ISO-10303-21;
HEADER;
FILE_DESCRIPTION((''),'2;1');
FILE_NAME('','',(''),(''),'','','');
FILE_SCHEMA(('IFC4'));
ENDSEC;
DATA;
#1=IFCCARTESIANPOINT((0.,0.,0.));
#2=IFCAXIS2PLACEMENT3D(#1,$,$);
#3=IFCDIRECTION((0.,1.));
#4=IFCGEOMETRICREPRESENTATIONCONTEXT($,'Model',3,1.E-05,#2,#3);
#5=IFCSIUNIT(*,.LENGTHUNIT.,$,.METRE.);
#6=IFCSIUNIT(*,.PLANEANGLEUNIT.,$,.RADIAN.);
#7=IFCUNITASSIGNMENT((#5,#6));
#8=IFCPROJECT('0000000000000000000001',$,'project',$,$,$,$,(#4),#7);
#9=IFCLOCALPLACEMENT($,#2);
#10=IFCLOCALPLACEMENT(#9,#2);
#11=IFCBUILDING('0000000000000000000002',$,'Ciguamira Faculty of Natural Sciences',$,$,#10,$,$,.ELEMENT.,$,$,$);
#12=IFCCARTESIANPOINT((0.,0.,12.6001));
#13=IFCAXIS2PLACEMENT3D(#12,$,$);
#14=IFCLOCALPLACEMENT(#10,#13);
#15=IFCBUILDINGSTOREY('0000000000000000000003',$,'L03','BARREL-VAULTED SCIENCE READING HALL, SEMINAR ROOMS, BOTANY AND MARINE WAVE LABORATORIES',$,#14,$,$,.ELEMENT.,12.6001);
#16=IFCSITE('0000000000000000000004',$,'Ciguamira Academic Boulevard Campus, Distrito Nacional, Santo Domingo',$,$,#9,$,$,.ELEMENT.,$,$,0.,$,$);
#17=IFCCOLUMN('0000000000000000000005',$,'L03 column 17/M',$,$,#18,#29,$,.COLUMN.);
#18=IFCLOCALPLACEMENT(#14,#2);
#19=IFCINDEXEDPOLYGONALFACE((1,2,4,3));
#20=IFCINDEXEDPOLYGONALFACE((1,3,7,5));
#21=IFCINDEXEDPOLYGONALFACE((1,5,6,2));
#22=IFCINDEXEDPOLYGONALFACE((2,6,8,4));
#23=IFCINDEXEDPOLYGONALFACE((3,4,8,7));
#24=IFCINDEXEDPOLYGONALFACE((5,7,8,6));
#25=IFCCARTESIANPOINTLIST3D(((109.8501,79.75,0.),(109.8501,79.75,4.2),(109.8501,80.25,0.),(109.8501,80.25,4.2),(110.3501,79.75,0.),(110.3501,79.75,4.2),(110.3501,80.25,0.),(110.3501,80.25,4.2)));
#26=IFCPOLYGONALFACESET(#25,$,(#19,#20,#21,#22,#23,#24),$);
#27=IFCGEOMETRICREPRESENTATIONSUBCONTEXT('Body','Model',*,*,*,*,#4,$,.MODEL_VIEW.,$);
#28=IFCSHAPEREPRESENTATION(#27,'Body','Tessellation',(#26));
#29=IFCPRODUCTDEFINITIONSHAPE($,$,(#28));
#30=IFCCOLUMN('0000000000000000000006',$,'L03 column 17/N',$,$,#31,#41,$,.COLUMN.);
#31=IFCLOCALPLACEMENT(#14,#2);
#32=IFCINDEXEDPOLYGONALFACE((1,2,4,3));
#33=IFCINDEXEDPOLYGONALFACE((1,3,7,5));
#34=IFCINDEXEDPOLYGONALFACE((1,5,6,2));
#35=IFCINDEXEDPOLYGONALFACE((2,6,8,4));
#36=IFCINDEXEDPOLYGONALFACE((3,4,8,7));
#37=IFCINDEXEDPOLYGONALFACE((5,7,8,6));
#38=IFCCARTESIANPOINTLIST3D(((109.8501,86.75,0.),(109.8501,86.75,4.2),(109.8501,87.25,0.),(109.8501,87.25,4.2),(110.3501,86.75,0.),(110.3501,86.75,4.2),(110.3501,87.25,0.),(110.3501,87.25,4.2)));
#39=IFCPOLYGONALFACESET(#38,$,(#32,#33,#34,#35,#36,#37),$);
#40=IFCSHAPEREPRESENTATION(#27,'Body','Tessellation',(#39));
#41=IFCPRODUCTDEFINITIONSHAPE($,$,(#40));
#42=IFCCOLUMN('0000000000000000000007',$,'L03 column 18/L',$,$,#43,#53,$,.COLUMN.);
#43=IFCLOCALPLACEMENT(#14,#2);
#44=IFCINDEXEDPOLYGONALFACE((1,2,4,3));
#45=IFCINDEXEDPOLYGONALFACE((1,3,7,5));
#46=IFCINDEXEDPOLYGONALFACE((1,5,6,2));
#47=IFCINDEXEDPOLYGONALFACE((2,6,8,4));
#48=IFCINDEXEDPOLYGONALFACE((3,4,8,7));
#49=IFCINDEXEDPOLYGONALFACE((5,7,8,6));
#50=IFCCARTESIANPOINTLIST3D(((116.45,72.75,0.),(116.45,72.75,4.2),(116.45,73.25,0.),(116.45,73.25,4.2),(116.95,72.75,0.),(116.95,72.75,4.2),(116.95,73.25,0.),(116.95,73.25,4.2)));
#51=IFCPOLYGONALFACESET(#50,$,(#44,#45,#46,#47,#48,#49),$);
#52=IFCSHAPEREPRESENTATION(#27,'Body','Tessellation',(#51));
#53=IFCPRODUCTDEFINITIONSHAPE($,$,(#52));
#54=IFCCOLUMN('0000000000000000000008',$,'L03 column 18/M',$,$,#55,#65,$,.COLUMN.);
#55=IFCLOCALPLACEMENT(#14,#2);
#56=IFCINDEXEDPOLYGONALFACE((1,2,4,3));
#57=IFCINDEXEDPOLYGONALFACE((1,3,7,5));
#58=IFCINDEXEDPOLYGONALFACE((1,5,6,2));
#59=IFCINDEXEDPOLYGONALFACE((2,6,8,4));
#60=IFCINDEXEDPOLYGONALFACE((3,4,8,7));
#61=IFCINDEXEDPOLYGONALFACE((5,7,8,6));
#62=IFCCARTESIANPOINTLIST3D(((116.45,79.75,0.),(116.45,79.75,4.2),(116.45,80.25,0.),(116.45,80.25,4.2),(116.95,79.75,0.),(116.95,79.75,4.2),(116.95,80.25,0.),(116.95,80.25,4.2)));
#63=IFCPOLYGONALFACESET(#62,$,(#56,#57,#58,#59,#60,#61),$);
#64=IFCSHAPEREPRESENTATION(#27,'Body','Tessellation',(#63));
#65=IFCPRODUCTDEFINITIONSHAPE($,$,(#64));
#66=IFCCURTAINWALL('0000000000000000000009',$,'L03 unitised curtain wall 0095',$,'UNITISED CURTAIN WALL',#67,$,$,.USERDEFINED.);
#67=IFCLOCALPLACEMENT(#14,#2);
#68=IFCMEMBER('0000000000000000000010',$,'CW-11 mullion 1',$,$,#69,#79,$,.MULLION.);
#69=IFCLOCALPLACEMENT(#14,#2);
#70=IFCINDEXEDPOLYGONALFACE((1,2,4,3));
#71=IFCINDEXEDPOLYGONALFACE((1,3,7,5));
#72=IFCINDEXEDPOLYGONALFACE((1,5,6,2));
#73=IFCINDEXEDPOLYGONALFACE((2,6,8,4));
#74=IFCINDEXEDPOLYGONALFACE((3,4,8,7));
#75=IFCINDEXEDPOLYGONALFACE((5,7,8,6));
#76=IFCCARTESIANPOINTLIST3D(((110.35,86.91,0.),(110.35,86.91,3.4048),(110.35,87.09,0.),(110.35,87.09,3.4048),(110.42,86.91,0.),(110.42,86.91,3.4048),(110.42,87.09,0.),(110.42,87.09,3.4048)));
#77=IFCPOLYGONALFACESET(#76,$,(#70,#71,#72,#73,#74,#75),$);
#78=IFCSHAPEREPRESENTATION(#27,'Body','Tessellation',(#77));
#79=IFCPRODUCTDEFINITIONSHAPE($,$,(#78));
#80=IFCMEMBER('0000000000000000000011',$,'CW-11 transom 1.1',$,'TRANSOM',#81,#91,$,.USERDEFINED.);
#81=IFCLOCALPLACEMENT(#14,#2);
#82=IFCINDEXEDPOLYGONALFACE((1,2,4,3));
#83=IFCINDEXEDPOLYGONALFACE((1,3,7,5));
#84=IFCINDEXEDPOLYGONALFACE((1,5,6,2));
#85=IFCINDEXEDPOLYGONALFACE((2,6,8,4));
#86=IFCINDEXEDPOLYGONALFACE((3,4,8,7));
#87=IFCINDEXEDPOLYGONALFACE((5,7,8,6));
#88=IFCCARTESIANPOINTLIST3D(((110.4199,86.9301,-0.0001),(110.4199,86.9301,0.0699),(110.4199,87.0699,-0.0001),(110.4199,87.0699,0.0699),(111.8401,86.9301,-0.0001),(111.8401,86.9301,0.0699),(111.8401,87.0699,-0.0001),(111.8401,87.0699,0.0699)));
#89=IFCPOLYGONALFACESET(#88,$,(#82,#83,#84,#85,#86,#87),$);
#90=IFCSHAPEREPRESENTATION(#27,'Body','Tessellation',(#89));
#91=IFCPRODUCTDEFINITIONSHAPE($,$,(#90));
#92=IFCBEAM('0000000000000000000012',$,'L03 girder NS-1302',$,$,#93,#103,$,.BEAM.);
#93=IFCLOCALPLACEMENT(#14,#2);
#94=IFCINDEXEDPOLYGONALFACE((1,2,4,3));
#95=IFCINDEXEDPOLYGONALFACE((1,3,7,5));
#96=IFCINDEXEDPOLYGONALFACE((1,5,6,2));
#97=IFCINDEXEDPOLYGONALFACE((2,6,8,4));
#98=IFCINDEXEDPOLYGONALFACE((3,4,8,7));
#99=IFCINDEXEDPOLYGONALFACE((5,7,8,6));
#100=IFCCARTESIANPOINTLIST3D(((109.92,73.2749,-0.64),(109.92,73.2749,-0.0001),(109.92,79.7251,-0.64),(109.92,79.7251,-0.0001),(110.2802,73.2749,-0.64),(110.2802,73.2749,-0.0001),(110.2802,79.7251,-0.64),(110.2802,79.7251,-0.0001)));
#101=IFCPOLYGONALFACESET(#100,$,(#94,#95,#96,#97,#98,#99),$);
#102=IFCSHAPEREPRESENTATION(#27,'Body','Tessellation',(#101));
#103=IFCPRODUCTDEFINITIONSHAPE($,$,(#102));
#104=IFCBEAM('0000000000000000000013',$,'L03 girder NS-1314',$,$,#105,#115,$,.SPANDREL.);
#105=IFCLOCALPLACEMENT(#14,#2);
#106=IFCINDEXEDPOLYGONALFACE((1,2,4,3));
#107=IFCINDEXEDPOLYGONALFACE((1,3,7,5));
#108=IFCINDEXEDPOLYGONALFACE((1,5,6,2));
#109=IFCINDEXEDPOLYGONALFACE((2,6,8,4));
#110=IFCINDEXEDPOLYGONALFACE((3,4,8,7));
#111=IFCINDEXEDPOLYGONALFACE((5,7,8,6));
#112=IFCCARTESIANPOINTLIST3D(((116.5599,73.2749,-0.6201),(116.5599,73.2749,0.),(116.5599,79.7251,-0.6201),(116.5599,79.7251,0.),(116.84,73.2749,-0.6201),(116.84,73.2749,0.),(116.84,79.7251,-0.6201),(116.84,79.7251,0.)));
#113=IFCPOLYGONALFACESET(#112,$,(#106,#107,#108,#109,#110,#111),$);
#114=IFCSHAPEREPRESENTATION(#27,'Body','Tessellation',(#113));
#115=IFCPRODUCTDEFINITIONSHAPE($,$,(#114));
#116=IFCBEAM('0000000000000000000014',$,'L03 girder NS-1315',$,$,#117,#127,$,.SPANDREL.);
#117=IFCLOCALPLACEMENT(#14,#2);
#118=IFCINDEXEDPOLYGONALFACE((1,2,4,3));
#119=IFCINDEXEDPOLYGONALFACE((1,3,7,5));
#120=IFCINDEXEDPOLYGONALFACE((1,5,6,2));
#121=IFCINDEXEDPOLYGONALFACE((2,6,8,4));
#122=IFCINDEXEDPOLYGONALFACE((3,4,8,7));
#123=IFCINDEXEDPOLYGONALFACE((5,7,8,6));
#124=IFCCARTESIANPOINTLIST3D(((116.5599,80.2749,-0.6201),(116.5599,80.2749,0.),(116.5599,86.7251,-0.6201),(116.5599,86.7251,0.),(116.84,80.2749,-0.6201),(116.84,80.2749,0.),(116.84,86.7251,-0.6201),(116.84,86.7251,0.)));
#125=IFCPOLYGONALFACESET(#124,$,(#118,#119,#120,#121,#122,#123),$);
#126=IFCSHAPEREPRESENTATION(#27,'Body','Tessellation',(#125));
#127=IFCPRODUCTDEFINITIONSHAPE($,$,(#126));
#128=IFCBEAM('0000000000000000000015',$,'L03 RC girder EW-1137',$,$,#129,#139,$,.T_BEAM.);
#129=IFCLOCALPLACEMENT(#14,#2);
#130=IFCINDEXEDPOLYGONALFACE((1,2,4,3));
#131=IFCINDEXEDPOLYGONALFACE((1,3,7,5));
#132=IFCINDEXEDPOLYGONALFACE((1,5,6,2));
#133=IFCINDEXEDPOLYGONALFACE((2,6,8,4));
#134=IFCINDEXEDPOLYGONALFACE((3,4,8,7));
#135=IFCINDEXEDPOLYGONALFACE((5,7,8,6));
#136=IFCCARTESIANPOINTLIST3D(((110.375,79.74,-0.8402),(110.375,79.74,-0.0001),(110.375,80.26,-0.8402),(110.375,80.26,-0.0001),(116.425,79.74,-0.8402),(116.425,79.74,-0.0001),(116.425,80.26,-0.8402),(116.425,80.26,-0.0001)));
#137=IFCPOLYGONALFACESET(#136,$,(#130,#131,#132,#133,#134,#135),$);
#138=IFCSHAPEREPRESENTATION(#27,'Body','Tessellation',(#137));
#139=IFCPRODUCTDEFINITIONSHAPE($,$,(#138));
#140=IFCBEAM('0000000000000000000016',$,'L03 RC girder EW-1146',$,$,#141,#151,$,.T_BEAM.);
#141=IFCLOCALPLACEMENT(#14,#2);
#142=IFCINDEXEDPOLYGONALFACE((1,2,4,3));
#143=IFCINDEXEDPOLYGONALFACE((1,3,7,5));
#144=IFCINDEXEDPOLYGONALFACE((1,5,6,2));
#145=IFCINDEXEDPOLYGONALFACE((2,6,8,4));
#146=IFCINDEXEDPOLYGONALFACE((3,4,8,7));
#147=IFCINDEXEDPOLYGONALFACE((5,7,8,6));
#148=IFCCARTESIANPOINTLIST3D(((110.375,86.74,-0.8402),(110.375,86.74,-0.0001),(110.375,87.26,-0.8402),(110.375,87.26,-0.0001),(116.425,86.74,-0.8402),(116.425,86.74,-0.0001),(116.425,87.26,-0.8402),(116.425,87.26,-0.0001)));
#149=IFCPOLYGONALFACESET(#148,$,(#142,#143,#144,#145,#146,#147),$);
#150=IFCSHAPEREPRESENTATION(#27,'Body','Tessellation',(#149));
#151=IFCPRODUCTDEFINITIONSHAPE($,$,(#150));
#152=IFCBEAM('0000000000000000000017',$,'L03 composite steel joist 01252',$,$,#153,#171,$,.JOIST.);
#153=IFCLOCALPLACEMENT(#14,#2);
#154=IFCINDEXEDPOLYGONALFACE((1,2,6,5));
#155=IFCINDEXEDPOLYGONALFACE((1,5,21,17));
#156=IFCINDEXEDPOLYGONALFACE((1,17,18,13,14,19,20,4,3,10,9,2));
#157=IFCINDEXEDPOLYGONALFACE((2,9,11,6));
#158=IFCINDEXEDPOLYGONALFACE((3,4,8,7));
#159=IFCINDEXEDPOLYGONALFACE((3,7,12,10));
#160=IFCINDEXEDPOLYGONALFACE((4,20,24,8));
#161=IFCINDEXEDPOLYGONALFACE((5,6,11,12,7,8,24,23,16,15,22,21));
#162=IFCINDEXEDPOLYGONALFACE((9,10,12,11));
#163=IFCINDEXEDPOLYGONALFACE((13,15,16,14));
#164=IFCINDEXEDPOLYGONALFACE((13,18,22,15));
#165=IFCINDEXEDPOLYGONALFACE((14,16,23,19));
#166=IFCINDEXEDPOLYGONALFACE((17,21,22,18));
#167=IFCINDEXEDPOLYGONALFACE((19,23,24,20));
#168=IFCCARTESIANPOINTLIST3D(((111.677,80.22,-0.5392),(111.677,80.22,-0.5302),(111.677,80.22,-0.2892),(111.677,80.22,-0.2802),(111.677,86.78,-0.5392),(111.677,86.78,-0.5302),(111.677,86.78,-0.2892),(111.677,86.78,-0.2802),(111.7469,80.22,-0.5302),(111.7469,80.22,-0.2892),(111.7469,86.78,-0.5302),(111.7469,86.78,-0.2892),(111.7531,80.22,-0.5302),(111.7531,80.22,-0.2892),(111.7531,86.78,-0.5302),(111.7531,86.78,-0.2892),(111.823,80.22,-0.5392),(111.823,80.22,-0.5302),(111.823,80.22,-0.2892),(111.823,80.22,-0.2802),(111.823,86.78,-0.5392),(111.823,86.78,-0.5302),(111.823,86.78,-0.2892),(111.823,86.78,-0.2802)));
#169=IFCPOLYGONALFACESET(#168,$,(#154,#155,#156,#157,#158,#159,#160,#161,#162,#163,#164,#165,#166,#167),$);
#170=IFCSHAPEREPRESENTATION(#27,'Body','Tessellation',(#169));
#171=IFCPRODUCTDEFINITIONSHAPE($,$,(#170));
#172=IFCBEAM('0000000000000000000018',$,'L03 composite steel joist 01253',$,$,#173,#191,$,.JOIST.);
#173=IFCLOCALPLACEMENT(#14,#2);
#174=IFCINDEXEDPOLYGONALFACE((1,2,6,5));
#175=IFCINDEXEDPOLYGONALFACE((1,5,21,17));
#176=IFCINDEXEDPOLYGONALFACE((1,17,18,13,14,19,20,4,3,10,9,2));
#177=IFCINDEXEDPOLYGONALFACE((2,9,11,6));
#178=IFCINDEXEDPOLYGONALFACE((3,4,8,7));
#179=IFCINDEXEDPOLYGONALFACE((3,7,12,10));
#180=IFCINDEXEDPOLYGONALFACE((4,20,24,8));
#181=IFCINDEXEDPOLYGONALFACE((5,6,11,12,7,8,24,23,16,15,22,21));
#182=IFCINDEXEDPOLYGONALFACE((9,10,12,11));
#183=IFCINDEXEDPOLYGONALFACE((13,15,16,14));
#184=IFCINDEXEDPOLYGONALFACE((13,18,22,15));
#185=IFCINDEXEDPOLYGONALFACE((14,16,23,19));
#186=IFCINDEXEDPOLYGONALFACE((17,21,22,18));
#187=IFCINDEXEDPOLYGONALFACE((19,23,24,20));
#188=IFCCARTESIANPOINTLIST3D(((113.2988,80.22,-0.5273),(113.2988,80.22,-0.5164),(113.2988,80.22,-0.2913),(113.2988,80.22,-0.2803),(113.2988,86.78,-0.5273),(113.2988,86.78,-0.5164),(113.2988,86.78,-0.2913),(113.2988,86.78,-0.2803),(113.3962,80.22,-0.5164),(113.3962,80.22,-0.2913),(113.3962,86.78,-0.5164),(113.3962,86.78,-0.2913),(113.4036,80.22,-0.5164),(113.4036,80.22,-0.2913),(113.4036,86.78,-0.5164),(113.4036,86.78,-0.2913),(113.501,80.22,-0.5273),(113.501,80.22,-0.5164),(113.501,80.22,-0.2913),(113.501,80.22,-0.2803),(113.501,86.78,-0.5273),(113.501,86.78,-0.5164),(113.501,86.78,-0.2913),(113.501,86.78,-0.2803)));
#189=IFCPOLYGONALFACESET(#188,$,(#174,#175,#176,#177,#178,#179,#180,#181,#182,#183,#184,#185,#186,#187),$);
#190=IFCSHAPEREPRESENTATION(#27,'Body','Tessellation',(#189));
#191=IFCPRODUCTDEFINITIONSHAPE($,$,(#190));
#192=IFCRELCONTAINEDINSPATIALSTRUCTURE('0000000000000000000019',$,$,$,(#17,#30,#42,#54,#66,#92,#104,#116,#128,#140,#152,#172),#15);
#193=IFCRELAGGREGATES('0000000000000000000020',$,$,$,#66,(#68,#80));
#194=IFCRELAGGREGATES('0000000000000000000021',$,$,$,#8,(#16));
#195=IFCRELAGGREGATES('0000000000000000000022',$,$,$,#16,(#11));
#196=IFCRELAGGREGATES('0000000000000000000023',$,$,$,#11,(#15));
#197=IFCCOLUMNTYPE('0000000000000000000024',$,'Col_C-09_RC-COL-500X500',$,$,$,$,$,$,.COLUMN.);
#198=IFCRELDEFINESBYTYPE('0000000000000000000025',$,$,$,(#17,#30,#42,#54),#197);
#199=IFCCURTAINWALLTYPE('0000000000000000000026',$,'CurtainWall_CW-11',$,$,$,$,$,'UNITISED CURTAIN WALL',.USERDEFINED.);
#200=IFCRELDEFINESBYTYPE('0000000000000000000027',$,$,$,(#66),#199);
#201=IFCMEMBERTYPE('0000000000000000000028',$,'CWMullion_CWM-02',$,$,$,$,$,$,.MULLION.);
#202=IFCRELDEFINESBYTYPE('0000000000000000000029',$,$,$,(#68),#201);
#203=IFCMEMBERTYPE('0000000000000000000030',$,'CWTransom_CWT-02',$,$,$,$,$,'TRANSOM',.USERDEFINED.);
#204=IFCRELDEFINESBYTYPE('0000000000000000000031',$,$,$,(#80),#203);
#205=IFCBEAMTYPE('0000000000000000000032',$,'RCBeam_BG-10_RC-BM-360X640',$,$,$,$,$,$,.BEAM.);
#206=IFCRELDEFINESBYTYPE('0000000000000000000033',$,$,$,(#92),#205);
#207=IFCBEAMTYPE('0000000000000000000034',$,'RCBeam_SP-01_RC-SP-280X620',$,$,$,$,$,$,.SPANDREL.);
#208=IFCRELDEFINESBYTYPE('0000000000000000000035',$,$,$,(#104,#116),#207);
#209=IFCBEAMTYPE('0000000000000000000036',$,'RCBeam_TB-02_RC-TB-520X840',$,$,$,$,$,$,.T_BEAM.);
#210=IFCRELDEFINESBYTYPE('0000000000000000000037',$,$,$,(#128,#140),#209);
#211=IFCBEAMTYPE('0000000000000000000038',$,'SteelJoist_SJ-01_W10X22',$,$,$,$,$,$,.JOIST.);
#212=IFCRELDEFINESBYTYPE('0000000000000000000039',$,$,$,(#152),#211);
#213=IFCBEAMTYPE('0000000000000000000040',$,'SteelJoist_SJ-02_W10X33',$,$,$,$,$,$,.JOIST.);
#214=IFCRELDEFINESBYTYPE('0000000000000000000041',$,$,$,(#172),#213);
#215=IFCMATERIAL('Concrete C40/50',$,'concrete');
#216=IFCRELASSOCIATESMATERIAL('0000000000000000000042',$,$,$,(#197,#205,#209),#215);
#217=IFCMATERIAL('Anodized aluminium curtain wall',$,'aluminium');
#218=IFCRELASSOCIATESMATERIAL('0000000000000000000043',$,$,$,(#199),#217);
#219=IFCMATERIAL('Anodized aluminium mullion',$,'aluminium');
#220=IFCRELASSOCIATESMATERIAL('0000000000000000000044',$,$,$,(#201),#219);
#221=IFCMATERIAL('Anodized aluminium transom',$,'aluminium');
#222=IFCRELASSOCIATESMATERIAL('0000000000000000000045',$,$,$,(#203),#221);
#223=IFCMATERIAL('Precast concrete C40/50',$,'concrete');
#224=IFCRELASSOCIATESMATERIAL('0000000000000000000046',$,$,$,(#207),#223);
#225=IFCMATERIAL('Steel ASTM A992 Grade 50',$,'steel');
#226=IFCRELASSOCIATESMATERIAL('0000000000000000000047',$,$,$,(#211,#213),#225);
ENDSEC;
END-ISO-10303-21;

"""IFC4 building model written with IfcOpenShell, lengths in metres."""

from ifc_helpers import new_model, si_unit, direction, frame, origin, origin_2d, place, context, subcontext, project, spatial, rectangle, i_section, extrude, material, material_profile, profile_set, type_object, element, aggregate, save


model = new_model("IFC4")

# Units and contexts
model_context = context("Model", 3, precision=1e-05, world=origin(), true_north=direction((0.0, 1.0)))
body_context = subcontext(model_context, "Body", "Model", "MODEL_VIEW")
ifc_project = project(units=[si_unit("LENGTHUNIT", "METRE"), si_unit("PLANEANGLEUNIT", "RADIAN")], contexts=[model_context])

# Site, building, storey
site_placement = place(None, origin())
site = spatial("IfcSite", under=ifc_project, at=site_placement, Name="Ciguamira Academic Boulevard Campus, Distrito Nacional, Santo Domingo", CompositionType="ELEMENT", RefElevation=0.0)
building_placement = place(site_placement, origin())
building = spatial("IfcBuilding", under=site, at=building_placement, Name="Ciguamira Faculty of Natural Sciences", CompositionType="ELEMENT")
storey_placement = place(building_placement, frame((0.0, 0.0, 12.6001)))
storey = spatial("IfcBuildingStorey", under=building, at=storey_placement, Name="L03", Description="BARREL-VAULTED SCIENCE READING HALL, SEMINAR ROOMS, BOTANY AND MARINE WAVE LABORATORIES", CompositionType="ELEMENT", Elevation=12.6001)

# Columns
ifc_material_1 = material(Name="Concrete C40/50", Category="concrete")
ifc_material_profile_1 = material_profile(ifc_material_1, rectangle(XDim=0.5, YDim=0.5, at=origin_2d()), Name="RC-COL-500X500")
ifc_profile_set_1 = profile_set([ifc_material_profile_1], Name="Concrete C40/50")
column_type = type_object("IfcColumnType", Name="Col_C-09_RC-COL-500X500", PredefinedType="COLUMN", material=ifc_profile_set_1)
for number, where, z_axis, x_axis, name in (
    (1, (110.1001, 80.0, 0.0), (0.0, 0.0, 1.0), (1.0, 0.0, 0.0), "L03 column 17/M"),
    (2, (110.1001, 87.0, 0.0), (0.0, 0.0, 1.0), (1.0, 0.0, 0.0), "L03 column 17/N"),
    (3, (116.7, 73.0, 0.0), (0.0, 0.0, 1.0), (1.0, 0.0, 0.0), "L03 column 18/L"),
    (4, (116.7, 80.0, 0.0), (0.0, 0.0, 1.0), (1.0, 0.0, 0.0), "L03 column 18/M"),
):
    element("IfcColumn", number, at=place(storey_placement, frame(where, z_axis=z_axis, x_axis=x_axis)), inside=storey, type_object=column_type, Name=name, PredefinedType="COLUMN", context=body_context, shape_type="SweptSolid", body=[
        extrude(rectangle(XDim=0.5, YDim=0.5, at=origin_2d()), origin(), (0.0, 0.0, 1.0), 4.2),
    ])

# Curtain wall, members
ifc_material_2 = material(Name="Anodized aluminium curtain wall", Category="aluminium")
curtain_wall_type = type_object("IfcCurtainWallType", Name="CurtainWall_CW-11", ElementType="UNITISED CURTAIN WALL", PredefinedType="USERDEFINED", material=ifc_material_2)
curtain_wall_placement = place(storey_placement, origin())
curtain_wall = element("IfcCurtainWall", 5, at=curtain_wall_placement, inside=storey, type_object=curtain_wall_type, Name="L03 unitised curtain wall 0095", ObjectType="UNITISED CURTAIN WALL", PredefinedType="USERDEFINED")
ifc_material_3 = material(Name="Anodized aluminium mullion", Category="aluminium")
ifc_material_profile_2 = material_profile(ifc_material_3, rectangle(XDim=0.0701, YDim=0.1799, at=origin_2d()), Name="ALU-MUL-70X180")
ifc_profile_set_2 = profile_set([ifc_material_profile_2], Name="Anodized aluminium mullion")
member_type_1 = type_object("IfcMemberType", Name="CWMullion_CWM-02", PredefinedType="MULLION", material=ifc_profile_set_2)
member_1_placement = place(storey_placement, frame((110.385, 87.0, 0.0), z_axis=(0.0, 0.0, 1.0), x_axis=(1.0, 0.0, 0.0)))
member_1 = element("IfcMember", 6, at=member_1_placement, type_object=member_type_1, Name="CW-11 mullion 1", PredefinedType="MULLION", context=body_context, shape_type="SweptSolid", body=[
    extrude(rectangle(XDim=0.0701, YDim=0.1799, at=origin_2d()), origin(), (0.0, 0.0, 1.0), 3.4048),
])
ifc_material_4 = material(Name="Anodized aluminium transom", Category="aluminium")
ifc_material_profile_3 = material_profile(ifc_material_4, rectangle(XDim=0.0701, YDim=0.1399, at=origin_2d()), Name="ALU-TRN-70X140")
ifc_profile_set_3 = profile_set([ifc_material_profile_3], Name="Anodized aluminium transom")
member_type_2 = type_object("IfcMemberType", Name="CWTransom_CWT-02", ElementType="TRANSOM", PredefinedType="USERDEFINED", material=ifc_profile_set_3)
member_2_placement = place(storey_placement, frame((110.4199, 87.0, 0.0349), z_axis=(1.0, 0.0, 0.0), x_axis=(0.0, 0.0, 1.0)))
member_2 = element("IfcMember", 7, at=member_2_placement, type_object=member_type_2, Name="CW-11 transom 1.1", ObjectType="TRANSOM", PredefinedType="USERDEFINED", context=body_context, shape_type="SweptSolid", body=[
    extrude(rectangle(XDim=0.0701, YDim=0.1399, at=origin_2d()), origin(), (0.0, 0.0, 1.0), 1.4202),
])
aggregate(curtain_wall, [member_1, member_2])

# Beams
ifc_material_profile_4 = material_profile(ifc_material_1, rectangle(XDim=0.3601, YDim=0.6399, at=origin_2d()), Name="RC-BM-360X640")
ifc_profile_set_4 = profile_set([ifc_material_profile_4], Name="Concrete C40/50")
beam_type_1 = type_object("IfcBeamType", Name="RCBeam_BG-10_RC-BM-360X640", PredefinedType="BEAM", material=ifc_profile_set_4)
beam_1_placement = place(storey_placement, frame((110.1001, 73.2749, -0.3201), z_axis=(0.0, 1.0, 0.0), x_axis=(-1.0, 0.0, 0.0)))
element("IfcBeam", 8, at=beam_1_placement, inside=storey, type_object=beam_type_1, Name="L03 girder NS-1302", PredefinedType="BEAM", context=body_context, shape_type="SweptSolid", body=[
    extrude(rectangle(XDim=0.3601, YDim=0.6399, at=origin_2d()), origin(), (0.0, 0.0, 1.0), 6.4502),
])
ifc_material_5 = material(Name="Precast concrete C40/50", Category="concrete")
ifc_material_profile_5 = material_profile(ifc_material_5, rectangle(XDim=0.28, YDim=0.6201, at=origin_2d()), Name="RC-SP-280X620")
ifc_profile_set_5 = profile_set([ifc_material_profile_5], Name="Precast concrete C40/50")
beam_type_2 = type_object("IfcBeamType", Name="RCBeam_SP-01_RC-SP-280X620", PredefinedType="SPANDREL", material=ifc_profile_set_5)
for number, where, z_axis, x_axis, name in (
    (9, (116.7, 73.2749, -0.3101), (0.0, 1.0, 0.0), (-1.0, 0.0, 0.0), "L03 girder NS-1314"),
    (10, (116.7, 80.2749, -0.3101), (0.0, 1.0, 0.0), (-1.0, 0.0, 0.0), "L03 girder NS-1315"),
):
    element("IfcBeam", number, at=place(storey_placement, frame(where, z_axis=z_axis, x_axis=x_axis)), inside=storey, type_object=beam_type_2, Name=name, PredefinedType="SPANDREL", context=body_context, shape_type="SweptSolid", body=[
        extrude(rectangle(XDim=0.28, YDim=0.6201, at=origin_2d()), origin(), (0.0, 0.0, 1.0), 6.4502),
    ])
ifc_material_profile_6 = material_profile(ifc_material_1, rectangle(XDim=0.52, YDim=0.8401, at=origin_2d()), Name="RC-TB-520X840")
ifc_profile_set_6 = profile_set([ifc_material_profile_6], Name="Concrete C40/50")
beam_type_3 = type_object("IfcBeamType", Name="RCBeam_TB-02_RC-TB-520X840", PredefinedType="T_BEAM", material=ifc_profile_set_6)
for number, where, z_axis, x_axis, name in (
    (11, (110.375, 80.0, -0.4202), (1.0, 0.0, 0.0), (0.0, 1.0, 0.0), "L03 RC girder EW-1137"),
    (12, (110.375, 87.0, -0.4202), (1.0, 0.0, 0.0), (0.0, 1.0, 0.0), "L03 RC girder EW-1146"),
):
    element("IfcBeam", number, at=place(storey_placement, frame(where, z_axis=z_axis, x_axis=x_axis)), inside=storey, type_object=beam_type_3, Name=name, PredefinedType="T_BEAM", context=body_context, shape_type="SweptSolid", body=[
        extrude(rectangle(XDim=0.52, YDim=0.8401, at=origin_2d()), origin(), (0.0, 0.0, 1.0), 6.05),
    ])
ifc_material_6 = material(Name="Steel ASTM A992 Grade 50", Category="steel")
ifc_material_profile_7 = material_profile(ifc_material_6, i_section(OverallWidth=0.146, OverallDepth=0.259, WebThickness=0.0061, FlangeThickness=0.009, at=origin_2d()), Name="W10X22")
ifc_profile_set_7 = profile_set([ifc_material_profile_7], Name="Steel ASTM A992 Grade 50")
beam_type_4 = type_object("IfcBeamType", Name="SteelJoist_SJ-01_W10X22", PredefinedType="JOIST", material=ifc_profile_set_7)
beam_2_placement = place(storey_placement, frame((111.75, 80.22, -0.4097), z_axis=(0.0, 1.0, 0.0), x_axis=(-1.0, 0.0, 0.0)))
element("IfcBeam", 13, at=beam_2_placement, inside=storey, type_object=beam_type_4, Name="L03 composite steel joist 01252", PredefinedType="JOIST", context=body_context, shape_type="SweptSolid", body=[
    extrude(i_section(OverallWidth=0.146, OverallDepth=0.259, WebThickness=0.0061, FlangeThickness=0.009, at=origin_2d()), origin(), (0.0, 0.0, 1.0), 6.5601),
])
ifc_material_profile_8 = material_profile(ifc_material_6, i_section(OverallWidth=0.2021, OverallDepth=0.2471, WebThickness=0.0073, FlangeThickness=0.011, at=origin_2d()), Name="W10X33")
ifc_profile_set_8 = profile_set([ifc_material_profile_8], Name="Steel ASTM A992 Grade 50")
beam_type_5 = type_object("IfcBeamType", Name="SteelJoist_SJ-02_W10X33", PredefinedType="JOIST", material=ifc_profile_set_8)
beam_3_placement = place(storey_placement, frame((113.3999, 80.22, -0.4038), z_axis=(0.0, 1.0, 0.0), x_axis=(-1.0, 0.0, 0.0)))
element("IfcBeam", 14, at=beam_3_placement, inside=storey, type_object=beam_type_5, Name="L03 composite steel joist 01253", PredefinedType="JOIST", context=body_context, shape_type="SweptSolid", body=[
    extrude(i_section(OverallWidth=0.2021, OverallDepth=0.2471, WebThickness=0.0073, FlangeThickness=0.011, at=origin_2d()), origin(), (0.0, 0.0, 1.0), 6.5601),
])

save(model, "model.ifc")
